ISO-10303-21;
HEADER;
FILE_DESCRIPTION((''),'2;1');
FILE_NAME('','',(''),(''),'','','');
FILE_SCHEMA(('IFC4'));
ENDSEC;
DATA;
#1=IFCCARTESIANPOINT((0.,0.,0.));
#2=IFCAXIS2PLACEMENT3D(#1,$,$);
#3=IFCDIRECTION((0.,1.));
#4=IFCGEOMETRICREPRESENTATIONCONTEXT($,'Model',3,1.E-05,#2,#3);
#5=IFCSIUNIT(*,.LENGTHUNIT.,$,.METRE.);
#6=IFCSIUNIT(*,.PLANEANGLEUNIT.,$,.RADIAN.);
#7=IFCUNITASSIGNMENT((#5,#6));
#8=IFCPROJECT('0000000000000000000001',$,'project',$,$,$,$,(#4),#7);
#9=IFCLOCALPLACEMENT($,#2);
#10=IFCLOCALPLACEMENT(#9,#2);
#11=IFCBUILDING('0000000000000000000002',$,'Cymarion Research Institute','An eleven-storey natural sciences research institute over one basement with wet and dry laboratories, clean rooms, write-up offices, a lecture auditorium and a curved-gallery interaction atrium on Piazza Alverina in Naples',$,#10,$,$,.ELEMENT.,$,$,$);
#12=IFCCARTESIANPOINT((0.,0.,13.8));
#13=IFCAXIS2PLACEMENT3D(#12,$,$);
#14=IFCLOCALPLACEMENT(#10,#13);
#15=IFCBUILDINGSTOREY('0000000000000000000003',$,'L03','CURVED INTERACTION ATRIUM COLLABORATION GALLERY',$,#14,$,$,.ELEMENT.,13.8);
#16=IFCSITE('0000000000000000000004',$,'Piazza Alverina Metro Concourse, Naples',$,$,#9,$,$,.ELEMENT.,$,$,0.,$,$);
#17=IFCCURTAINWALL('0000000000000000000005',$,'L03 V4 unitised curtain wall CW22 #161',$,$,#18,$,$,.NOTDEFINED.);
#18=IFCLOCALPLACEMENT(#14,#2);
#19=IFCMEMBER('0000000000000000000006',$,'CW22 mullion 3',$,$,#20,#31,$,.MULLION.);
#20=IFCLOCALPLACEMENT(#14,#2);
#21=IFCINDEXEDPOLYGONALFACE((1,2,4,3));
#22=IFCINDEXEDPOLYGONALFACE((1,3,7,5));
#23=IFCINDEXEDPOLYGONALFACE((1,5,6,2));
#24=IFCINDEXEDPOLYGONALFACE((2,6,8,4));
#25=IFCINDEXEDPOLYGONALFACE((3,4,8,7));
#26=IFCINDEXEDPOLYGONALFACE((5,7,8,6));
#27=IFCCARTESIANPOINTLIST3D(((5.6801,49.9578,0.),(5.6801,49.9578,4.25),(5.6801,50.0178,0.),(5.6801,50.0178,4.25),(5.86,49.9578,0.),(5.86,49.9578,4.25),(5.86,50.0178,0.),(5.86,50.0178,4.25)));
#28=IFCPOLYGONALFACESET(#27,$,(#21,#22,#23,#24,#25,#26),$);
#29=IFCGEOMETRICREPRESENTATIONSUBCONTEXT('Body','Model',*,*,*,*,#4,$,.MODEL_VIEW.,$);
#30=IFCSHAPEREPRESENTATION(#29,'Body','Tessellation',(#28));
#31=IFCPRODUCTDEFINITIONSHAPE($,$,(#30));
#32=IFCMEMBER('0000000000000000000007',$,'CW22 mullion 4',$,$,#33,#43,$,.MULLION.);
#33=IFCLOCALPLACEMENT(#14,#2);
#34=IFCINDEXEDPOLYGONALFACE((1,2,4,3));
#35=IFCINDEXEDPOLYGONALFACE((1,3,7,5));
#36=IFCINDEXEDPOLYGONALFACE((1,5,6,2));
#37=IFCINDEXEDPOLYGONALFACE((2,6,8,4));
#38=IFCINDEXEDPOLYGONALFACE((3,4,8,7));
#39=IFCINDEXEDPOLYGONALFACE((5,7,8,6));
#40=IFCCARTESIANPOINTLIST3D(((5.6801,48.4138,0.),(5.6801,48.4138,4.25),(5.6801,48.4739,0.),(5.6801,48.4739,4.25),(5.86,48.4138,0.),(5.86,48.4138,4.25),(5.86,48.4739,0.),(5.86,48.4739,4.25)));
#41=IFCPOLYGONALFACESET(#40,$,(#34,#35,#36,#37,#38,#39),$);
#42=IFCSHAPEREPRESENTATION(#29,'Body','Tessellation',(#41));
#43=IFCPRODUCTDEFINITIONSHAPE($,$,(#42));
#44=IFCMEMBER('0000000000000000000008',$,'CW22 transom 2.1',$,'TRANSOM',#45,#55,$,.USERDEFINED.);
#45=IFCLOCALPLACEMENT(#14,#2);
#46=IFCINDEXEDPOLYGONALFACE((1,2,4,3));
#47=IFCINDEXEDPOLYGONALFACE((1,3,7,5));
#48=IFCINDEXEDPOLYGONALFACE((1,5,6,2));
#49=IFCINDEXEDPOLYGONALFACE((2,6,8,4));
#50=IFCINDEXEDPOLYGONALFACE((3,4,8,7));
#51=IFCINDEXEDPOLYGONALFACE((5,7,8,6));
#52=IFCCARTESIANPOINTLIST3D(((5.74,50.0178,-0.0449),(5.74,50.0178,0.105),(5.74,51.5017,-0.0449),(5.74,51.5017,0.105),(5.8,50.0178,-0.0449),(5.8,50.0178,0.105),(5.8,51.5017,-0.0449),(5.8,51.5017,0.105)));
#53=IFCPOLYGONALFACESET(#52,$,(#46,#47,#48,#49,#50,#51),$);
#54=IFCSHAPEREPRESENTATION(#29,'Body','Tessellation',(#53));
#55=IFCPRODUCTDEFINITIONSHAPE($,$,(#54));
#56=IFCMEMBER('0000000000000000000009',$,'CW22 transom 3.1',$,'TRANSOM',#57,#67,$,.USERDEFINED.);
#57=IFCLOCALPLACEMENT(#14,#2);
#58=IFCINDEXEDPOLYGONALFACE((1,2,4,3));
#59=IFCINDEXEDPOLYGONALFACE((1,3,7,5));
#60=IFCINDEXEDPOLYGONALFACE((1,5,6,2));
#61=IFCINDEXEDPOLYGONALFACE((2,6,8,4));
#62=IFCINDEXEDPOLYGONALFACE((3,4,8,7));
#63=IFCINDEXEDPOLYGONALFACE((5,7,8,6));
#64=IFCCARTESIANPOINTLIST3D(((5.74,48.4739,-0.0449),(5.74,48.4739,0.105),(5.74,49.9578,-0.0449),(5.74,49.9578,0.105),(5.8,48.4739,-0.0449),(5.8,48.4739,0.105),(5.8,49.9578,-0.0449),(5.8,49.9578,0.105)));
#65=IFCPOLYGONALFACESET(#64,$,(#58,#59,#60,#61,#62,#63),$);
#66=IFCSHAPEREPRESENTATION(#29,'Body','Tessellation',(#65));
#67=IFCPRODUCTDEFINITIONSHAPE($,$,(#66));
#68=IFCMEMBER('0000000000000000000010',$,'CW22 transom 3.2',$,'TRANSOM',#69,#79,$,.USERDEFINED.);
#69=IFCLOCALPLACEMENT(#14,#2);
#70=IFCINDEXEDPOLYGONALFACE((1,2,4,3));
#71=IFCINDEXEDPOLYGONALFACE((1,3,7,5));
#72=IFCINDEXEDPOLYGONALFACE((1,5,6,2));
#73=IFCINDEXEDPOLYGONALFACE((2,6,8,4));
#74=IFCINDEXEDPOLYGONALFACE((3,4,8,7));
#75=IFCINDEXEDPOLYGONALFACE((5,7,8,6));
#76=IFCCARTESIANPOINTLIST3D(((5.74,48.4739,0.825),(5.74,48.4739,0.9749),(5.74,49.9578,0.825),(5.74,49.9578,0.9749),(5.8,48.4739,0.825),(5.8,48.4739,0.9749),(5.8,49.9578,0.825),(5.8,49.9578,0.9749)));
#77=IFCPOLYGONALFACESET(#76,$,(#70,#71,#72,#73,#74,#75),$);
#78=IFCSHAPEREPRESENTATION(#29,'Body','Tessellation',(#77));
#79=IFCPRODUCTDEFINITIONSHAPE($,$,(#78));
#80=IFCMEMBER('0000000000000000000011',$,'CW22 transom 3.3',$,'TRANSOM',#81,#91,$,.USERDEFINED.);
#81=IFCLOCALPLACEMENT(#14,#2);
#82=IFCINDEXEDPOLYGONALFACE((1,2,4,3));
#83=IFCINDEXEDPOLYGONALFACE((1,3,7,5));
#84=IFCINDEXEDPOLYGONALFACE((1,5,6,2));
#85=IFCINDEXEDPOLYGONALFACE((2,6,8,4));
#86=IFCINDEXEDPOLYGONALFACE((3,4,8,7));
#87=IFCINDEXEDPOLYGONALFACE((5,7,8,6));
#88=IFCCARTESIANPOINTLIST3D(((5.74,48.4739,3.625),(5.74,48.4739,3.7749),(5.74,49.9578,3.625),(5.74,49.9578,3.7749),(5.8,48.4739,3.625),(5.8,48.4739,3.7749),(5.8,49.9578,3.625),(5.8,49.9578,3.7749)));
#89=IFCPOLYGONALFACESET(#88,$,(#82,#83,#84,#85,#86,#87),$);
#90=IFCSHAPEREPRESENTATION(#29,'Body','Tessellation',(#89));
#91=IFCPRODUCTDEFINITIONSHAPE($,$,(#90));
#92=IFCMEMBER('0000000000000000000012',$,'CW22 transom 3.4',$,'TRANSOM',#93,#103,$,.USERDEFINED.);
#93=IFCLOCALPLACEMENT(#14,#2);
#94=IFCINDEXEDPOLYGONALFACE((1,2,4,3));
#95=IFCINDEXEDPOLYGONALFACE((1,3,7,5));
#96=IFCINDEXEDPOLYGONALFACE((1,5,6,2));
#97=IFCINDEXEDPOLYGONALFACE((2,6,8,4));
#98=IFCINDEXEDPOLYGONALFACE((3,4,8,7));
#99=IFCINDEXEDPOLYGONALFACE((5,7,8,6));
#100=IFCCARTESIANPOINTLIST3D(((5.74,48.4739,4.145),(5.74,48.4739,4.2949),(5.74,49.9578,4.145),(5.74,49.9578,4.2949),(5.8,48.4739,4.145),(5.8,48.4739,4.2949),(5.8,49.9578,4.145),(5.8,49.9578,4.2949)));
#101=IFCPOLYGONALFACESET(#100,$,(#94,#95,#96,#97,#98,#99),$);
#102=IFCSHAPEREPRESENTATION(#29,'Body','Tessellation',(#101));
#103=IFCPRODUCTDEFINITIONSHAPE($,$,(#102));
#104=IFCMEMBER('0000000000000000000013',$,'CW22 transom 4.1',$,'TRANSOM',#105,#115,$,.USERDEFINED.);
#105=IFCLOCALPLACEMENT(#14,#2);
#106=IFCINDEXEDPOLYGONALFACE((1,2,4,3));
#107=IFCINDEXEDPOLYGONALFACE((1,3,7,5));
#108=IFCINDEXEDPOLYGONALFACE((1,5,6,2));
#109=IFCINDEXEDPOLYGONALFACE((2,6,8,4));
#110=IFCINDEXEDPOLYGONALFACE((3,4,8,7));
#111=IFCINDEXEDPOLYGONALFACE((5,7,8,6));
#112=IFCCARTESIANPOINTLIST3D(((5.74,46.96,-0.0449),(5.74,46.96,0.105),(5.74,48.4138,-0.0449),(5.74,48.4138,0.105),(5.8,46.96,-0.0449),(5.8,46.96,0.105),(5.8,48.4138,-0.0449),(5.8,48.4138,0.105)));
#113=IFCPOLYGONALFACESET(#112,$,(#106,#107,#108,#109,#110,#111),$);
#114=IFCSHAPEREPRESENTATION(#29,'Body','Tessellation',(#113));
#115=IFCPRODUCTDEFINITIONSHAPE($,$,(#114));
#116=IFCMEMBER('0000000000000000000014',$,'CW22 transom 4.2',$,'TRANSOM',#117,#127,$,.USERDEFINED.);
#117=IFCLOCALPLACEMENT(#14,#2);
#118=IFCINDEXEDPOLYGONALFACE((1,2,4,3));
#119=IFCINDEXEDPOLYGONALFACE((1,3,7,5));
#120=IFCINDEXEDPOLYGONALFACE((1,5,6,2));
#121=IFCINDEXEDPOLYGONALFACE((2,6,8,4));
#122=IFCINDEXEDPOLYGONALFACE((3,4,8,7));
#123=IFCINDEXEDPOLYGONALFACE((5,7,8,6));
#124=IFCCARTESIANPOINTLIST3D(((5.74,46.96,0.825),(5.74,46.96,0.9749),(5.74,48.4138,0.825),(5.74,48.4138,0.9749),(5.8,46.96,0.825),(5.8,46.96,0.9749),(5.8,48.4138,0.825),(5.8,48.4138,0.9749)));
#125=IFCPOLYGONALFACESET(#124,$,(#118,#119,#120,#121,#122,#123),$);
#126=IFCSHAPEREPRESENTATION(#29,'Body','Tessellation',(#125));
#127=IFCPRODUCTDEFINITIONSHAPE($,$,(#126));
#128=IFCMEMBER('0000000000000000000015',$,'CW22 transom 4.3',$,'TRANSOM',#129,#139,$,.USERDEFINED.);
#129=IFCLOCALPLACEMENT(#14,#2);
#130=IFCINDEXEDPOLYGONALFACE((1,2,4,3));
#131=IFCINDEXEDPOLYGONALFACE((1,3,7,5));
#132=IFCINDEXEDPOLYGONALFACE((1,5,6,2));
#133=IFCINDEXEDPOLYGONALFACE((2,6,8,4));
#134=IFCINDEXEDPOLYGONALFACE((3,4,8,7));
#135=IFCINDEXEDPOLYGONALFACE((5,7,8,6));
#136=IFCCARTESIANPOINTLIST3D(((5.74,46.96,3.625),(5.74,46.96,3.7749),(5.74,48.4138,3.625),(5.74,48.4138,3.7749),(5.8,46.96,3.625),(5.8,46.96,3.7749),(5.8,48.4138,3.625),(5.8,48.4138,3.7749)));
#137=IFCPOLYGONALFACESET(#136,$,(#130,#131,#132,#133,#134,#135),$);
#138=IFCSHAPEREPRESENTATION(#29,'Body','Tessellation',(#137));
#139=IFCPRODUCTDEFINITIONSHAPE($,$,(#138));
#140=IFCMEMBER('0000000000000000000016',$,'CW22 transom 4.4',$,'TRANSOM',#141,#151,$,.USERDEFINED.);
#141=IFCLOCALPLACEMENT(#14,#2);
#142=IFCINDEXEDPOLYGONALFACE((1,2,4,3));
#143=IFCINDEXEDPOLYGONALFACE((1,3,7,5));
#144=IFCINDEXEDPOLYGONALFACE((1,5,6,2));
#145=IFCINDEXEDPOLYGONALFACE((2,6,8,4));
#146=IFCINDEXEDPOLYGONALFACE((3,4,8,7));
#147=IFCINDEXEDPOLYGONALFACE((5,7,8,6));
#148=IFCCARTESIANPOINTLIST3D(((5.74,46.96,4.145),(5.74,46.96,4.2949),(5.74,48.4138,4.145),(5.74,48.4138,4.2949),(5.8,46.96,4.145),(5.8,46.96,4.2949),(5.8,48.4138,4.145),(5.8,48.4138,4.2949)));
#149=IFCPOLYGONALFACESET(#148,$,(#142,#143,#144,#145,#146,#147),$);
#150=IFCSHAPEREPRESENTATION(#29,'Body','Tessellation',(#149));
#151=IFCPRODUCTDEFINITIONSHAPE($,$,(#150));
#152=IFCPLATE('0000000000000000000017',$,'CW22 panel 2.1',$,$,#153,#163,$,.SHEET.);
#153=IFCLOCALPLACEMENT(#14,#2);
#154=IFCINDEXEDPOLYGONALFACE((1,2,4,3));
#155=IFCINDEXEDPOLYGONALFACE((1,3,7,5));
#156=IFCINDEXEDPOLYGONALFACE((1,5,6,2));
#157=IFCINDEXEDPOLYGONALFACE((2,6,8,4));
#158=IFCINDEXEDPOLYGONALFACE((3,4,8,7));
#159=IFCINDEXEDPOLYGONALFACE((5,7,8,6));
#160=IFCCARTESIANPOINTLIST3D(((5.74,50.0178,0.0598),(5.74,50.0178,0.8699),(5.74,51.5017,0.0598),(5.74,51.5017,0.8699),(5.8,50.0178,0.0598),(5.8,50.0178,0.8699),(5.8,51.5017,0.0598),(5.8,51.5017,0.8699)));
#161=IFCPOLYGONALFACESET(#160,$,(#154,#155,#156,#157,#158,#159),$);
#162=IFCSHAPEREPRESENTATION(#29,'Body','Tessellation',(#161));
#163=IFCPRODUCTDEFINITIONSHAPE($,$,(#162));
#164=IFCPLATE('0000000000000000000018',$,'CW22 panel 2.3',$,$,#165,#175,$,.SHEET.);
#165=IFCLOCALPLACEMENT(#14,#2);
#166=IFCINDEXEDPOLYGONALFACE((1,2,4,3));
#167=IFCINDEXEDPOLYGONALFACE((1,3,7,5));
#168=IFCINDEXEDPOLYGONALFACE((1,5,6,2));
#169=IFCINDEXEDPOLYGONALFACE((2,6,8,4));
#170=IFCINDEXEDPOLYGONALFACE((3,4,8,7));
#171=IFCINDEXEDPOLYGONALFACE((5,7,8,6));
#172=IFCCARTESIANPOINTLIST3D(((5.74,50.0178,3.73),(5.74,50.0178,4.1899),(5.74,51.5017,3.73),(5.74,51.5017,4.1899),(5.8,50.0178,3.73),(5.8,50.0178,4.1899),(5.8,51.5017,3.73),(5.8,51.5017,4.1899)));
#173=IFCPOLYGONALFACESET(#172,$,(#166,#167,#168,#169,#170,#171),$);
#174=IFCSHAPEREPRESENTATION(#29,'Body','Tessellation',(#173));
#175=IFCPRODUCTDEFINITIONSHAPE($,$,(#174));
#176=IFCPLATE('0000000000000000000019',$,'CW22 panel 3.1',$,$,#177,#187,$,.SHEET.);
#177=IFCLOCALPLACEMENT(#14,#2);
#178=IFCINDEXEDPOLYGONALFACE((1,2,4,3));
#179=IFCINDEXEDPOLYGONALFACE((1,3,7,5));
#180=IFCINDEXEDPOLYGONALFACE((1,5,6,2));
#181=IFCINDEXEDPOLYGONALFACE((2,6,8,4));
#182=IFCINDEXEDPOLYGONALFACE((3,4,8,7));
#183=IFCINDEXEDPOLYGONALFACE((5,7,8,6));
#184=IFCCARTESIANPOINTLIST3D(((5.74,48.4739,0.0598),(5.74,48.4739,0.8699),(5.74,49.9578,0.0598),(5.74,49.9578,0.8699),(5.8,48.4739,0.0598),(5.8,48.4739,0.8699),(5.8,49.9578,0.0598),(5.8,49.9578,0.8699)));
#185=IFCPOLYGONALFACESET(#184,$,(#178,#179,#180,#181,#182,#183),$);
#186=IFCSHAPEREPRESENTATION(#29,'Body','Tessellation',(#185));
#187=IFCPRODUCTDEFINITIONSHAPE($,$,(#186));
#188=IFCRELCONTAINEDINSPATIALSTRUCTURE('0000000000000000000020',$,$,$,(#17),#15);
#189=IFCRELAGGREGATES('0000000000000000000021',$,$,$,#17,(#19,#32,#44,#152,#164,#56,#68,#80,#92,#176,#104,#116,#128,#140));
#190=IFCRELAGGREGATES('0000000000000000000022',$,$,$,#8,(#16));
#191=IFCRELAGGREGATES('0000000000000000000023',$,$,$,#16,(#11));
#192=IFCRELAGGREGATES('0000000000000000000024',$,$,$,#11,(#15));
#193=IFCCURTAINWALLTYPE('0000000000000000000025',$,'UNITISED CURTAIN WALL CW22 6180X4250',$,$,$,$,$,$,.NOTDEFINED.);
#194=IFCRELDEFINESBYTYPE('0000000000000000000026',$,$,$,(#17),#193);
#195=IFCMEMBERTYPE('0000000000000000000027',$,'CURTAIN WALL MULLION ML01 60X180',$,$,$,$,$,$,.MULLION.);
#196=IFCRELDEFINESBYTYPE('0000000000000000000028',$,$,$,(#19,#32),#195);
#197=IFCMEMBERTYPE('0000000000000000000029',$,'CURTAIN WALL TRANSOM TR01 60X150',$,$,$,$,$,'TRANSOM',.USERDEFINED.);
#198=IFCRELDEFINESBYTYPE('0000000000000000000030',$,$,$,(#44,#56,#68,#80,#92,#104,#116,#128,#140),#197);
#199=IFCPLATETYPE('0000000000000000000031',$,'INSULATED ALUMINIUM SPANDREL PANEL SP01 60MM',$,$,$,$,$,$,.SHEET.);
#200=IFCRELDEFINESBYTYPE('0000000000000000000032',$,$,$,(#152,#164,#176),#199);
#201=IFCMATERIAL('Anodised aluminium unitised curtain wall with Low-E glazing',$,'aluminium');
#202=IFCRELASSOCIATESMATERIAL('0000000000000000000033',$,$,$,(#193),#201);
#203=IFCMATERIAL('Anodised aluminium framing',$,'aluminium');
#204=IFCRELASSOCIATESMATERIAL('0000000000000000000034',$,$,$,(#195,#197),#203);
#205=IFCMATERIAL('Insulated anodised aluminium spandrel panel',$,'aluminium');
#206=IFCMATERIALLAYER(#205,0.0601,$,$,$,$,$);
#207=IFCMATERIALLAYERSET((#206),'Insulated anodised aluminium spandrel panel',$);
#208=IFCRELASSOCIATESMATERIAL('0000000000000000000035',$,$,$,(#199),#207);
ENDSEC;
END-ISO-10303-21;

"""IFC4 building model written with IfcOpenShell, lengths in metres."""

from ifc_helpers import new_model, si_unit, direction, frame, origin, origin_2d, place, context, subcontext, project, spatial, rectangle, extrude, material, layer, layer_set, material_profile, profile_set, type_object, element, aggregate, save


model = new_model("IFC4")

# Units and contexts
model_context = context("Model", 3, precision=1e-05, world=origin(), true_north=direction((0.0, 1.0)))
body_context = subcontext(model_context, "Body", "Model", "MODEL_VIEW")
ifc_project = project(units=[si_unit("LENGTHUNIT", "METRE"), si_unit("PLANEANGLEUNIT", "RADIAN")], contexts=[model_context])

# Site, building, storey
site_placement = place(None, origin())
site = spatial("IfcSite", under=ifc_project, at=site_placement, Name="Piazza Alverina Metro Concourse, Naples", CompositionType="ELEMENT", RefElevation=0.0)
building_placement = place(site_placement, origin())
building = spatial("IfcBuilding", under=site, at=building_placement, Name="Cymarion Research Institute", Description="An eleven-storey natural sciences research institute over one basement with wet and dry laboratories, clean rooms, write-up offices, a lecture auditorium and a curved-gallery interaction atrium on Piazza Alverina in Naples", CompositionType="ELEMENT")
storey_placement = place(building_placement, frame((0.0, 0.0, 13.8)))
storey = spatial("IfcBuildingStorey", under=building, at=storey_placement, Name="L03", Description="CURVED INTERACTION ATRIUM COLLABORATION GALLERY", CompositionType="ELEMENT", Elevation=13.8)

# Curtain wall, members, plates
ifc_material_1 = material(Name="Anodised aluminium unitised curtain wall with Low-E glazing", Category="aluminium")
curtain_wall_type = type_object("IfcCurtainWallType", Name="UNITISED CURTAIN WALL CW22 6180X4250", PredefinedType="NOTDEFINED", material=ifc_material_1)
curtain_wall_placement = place(storey_placement, origin())
curtain_wall = element("IfcCurtainWall", 1, at=curtain_wall_placement, inside=storey, type_object=curtain_wall_type, Name="L03 V4 unitised curtain wall CW22 #161", PredefinedType="NOTDEFINED")
ifc_material_2 = material(Name="Anodised aluminium framing", Category="aluminium")
ifc_material_profile_1 = material_profile(ifc_material_2, rectangle(XDim=0.0601, YDim=0.1799, at=origin_2d()), Name="ALU MULLION 60x180")
ifc_profile_set_1 = profile_set([ifc_material_profile_1], Name="Anodised aluminium framing")
member_type_1 = type_object("IfcMemberType", Name="CURTAIN WALL MULLION ML01 60X180", PredefinedType="MULLION", material=ifc_profile_set_1)
member_1_placement = place(storey_placement, frame((5.77, 49.9878, 0.0), z_axis=(0.0, 0.0, 1.0), x_axis=(0.0, -1.0, 0.0)))
member_1 = element("IfcMember", 2, at=member_1_placement, type_object=member_type_1, Name="CW22 mullion 3", PredefinedType="MULLION", context=body_context, shape_type="SweptSolid", body=[
    extrude(rectangle(XDim=0.0601, YDim=0.1799, at=origin_2d()), origin(), (0.0, 0.0, 1.0), 4.25),
])
member_2_placement = place(storey_placement, frame((5.77, 48.4438, 0.0), z_axis=(0.0, 0.0, 1.0), x_axis=(0.0, -1.0, 0.0)))
member_2 = element("IfcMember", 3, at=member_2_placement, type_object=member_type_1, Name="CW22 mullion 4", PredefinedType="MULLION", context=body_context, shape_type="SweptSolid", body=[
    extrude(rectangle(XDim=0.0601, YDim=0.1799, at=origin_2d()), origin(), (0.0, 0.0, 1.0), 4.25),
])
ifc_material_profile_2 = material_profile(ifc_material_2, rectangle(XDim=0.0601, YDim=0.1499, at=origin_2d()), Name="ALU TRANSOM 60x150")
ifc_profile_set_2 = profile_set([ifc_material_profile_2], Name="Anodised aluminium framing")
member_type_2 = type_object("IfcMemberType", Name="CURTAIN WALL TRANSOM TR01 60X150", ElementType="TRANSOM", PredefinedType="USERDEFINED", material=ifc_profile_set_2)
member_3_placement = place(storey_placement, frame((5.77, 51.5017, 0.03), z_axis=(0.0, -1.0, 0.0), x_axis=(1.0, 0.0, 0.0)))
member_3 = element("IfcMember", 4, at=member_3_placement, type_object=member_type_2, Name="CW22 transom 2.1", ObjectType="TRANSOM", PredefinedType="USERDEFINED", context=body_context, shape_type="SweptSolid", body=[
    extrude(rectangle(XDim=0.0601, YDim=0.1499, at=origin_2d()), origin(), (0.0, 0.0, 1.0), 1.4839),
])
member_4_placement = place(storey_placement, frame((5.77, 49.9578, 0.03), z_axis=(0.0, -1.0, 0.0), x_axis=(1.0, 0.0, 0.0)))
member_4 = element("IfcMember", 5, at=member_4_placement, type_object=member_type_2, Name="CW22 transom 3.1", ObjectType="TRANSOM", PredefinedType="USERDEFINED", context=body_context, shape_type="SweptSolid", body=[
    extrude(rectangle(XDim=0.0601, YDim=0.1499, at=origin_2d()), origin(), (0.0, 0.0, 1.0), 1.4839),
])
member_5_placement = place(storey_placement, frame((5.77, 49.9578, 0.8999), z_axis=(0.0, -1.0, 0.0), x_axis=(1.0, 0.0, 0.0)))
member_5 = element("IfcMember", 6, at=member_5_placement, type_object=member_type_2, Name="CW22 transom 3.2", ObjectType="TRANSOM", PredefinedType="USERDEFINED", context=body_context, shape_type="SweptSolid", body=[
    extrude(rectangle(XDim=0.0601, YDim=0.1499, at=origin_2d()), origin(), (0.0, 0.0, 1.0), 1.4839),
])
member_6_placement = place(storey_placement, frame((5.77, 49.9578, 3.7), z_axis=(0.0, -1.0, 0.0), x_axis=(1.0, 0.0, 0.0)))
member_6 = element("IfcMember", 7, at=member_6_placement, type_object=member_type_2, Name="CW22 transom 3.3", ObjectType="TRANSOM", PredefinedType="USERDEFINED", context=body_context, shape_type="SweptSolid", body=[
    extrude(rectangle(XDim=0.0601, YDim=0.1499, at=origin_2d()), origin(), (0.0, 0.0, 1.0), 1.4839),
])
member_7_placement = place(storey_placement, frame((5.77, 49.9578, 4.22), z_axis=(0.0, -1.0, 0.0), x_axis=(1.0, 0.0, 0.0)))
member_7 = element("IfcMember", 8, at=member_7_placement, type_object=member_type_2, Name="CW22 transom 3.4", ObjectType="TRANSOM", PredefinedType="USERDEFINED", context=body_context, shape_type="SweptSolid", body=[
    extrude(rectangle(XDim=0.0601, YDim=0.1499, at=origin_2d()), origin(), (0.0, 0.0, 1.0), 1.4839),
])
member_8_placement = place(storey_placement, frame((5.77, 48.4138, 0.03), z_axis=(0.0, -1.0, 0.0), x_axis=(1.0, 0.0, 0.0)))
member_8 = element("IfcMember", 9, at=member_8_placement, type_object=member_type_2, Name="CW22 transom 4.1", ObjectType="TRANSOM", PredefinedType="USERDEFINED", context=body_context, shape_type="SweptSolid", body=[
    extrude(rectangle(XDim=0.0601, YDim=0.1499, at=origin_2d()), origin(), (0.0, 0.0, 1.0), 1.4539),
])
member_9_placement = place(storey_placement, frame((5.77, 48.4138, 0.8999), z_axis=(0.0, -1.0, 0.0), x_axis=(1.0, 0.0, 0.0)))
member_9 = element("IfcMember", 10, at=member_9_placement, type_object=member_type_2, Name="CW22 transom 4.2", ObjectType="TRANSOM", PredefinedType="USERDEFINED", context=body_context, shape_type="SweptSolid", body=[
    extrude(rectangle(XDim=0.0601, YDim=0.1499, at=origin_2d()), origin(), (0.0, 0.0, 1.0), 1.4539),
])
member_10_placement = place(storey_placement, frame((5.77, 48.4138, 3.7), z_axis=(0.0, -1.0, 0.0), x_axis=(1.0, 0.0, 0.0)))
member_10 = element("IfcMember", 11, at=member_10_placement, type_object=member_type_2, Name="CW22 transom 4.3", ObjectType="TRANSOM", PredefinedType="USERDEFINED", context=body_context, shape_type="SweptSolid", body=[
    extrude(rectangle(XDim=0.0601, YDim=0.1499, at=origin_2d()), origin(), (0.0, 0.0, 1.0), 1.4539),
])
member_11_placement = place(storey_placement, frame((5.77, 48.4138, 4.22), z_axis=(0.0, -1.0, 0.0), x_axis=(1.0, 0.0, 0.0)))
member_11 = element("IfcMember", 12, at=member_11_placement, type_object=member_type_2, Name="CW22 transom 4.4", ObjectType="TRANSOM", PredefinedType="USERDEFINED", context=body_context, shape_type="SweptSolid", body=[
    extrude(rectangle(XDim=0.0601, YDim=0.1499, at=origin_2d()), origin(), (0.0, 0.0, 1.0), 1.4539),
])
ifc_material_3 = material(Name="Insulated anodised aluminium spandrel panel", Category="aluminium")
ifc_layer_1 = layer(ifc_material_3, 0.0601)
ifc_layer_set_1 = layer_set([ifc_layer_1], Name="Insulated anodised aluminium spandrel panel")
plate_type_1 = type_object("IfcPlateType", Name="INSULATED ALUMINIUM SPANDREL PANEL SP01 60MM", PredefinedType="SHEET", material=ifc_layer_set_1)
plate_1_placement = place(storey_placement, frame((5.77, 50.7598, 0.0598), z_axis=(0.0, 0.0, 1.0), x_axis=(0.0, -1.0, 0.0)))
plate_1 = element("IfcPlate", 13, at=plate_1_placement, type_object=plate_type_1, Name="CW22 panel 2.1", PredefinedType="SHEET", context=body_context, shape_type="SweptSolid", body=[
    extrude(rectangle(XDim=1.4839, YDim=0.0601, at=origin_2d()), origin(), (0.0, 0.0, 1.0), 0.8101),
])
plate_2_placement = place(storey_placement, frame((5.77, 50.7598, 3.73), z_axis=(0.0, 0.0, 1.0), x_axis=(0.0, -1.0, 0.0)))
plate_2 = element("IfcPlate", 14, at=plate_2_placement, type_object=plate_type_1, Name="CW22 panel 2.3", PredefinedType="SHEET", context=body_context, shape_type="SweptSolid", body=[
    extrude(rectangle(XDim=1.4839, YDim=0.0601, at=origin_2d()), origin(), (0.0, 0.0, 1.0), 0.46),
])
plate_3_placement = place(storey_placement, frame((5.77, 49.2158, 0.0598), z_axis=(0.0, 0.0, 1.0), x_axis=(0.0, -1.0, 0.0)))
plate_3 = element("IfcPlate", 15, at=plate_3_placement, type_object=plate_type_1, Name="CW22 panel 3.1", PredefinedType="SHEET", context=body_context, shape_type="SweptSolid", body=[
    extrude(rectangle(XDim=1.4839, YDim=0.0601, at=origin_2d()), origin(), (0.0, 0.0, 1.0), 0.8101),
])
aggregate(curtain_wall, [member_1, member_2, member_3, plate_1, plate_2, member_4, member_5, member_6, member_7, plate_3, member_8, member_9, member_10, member_11])

save(model, "model.ifc")
